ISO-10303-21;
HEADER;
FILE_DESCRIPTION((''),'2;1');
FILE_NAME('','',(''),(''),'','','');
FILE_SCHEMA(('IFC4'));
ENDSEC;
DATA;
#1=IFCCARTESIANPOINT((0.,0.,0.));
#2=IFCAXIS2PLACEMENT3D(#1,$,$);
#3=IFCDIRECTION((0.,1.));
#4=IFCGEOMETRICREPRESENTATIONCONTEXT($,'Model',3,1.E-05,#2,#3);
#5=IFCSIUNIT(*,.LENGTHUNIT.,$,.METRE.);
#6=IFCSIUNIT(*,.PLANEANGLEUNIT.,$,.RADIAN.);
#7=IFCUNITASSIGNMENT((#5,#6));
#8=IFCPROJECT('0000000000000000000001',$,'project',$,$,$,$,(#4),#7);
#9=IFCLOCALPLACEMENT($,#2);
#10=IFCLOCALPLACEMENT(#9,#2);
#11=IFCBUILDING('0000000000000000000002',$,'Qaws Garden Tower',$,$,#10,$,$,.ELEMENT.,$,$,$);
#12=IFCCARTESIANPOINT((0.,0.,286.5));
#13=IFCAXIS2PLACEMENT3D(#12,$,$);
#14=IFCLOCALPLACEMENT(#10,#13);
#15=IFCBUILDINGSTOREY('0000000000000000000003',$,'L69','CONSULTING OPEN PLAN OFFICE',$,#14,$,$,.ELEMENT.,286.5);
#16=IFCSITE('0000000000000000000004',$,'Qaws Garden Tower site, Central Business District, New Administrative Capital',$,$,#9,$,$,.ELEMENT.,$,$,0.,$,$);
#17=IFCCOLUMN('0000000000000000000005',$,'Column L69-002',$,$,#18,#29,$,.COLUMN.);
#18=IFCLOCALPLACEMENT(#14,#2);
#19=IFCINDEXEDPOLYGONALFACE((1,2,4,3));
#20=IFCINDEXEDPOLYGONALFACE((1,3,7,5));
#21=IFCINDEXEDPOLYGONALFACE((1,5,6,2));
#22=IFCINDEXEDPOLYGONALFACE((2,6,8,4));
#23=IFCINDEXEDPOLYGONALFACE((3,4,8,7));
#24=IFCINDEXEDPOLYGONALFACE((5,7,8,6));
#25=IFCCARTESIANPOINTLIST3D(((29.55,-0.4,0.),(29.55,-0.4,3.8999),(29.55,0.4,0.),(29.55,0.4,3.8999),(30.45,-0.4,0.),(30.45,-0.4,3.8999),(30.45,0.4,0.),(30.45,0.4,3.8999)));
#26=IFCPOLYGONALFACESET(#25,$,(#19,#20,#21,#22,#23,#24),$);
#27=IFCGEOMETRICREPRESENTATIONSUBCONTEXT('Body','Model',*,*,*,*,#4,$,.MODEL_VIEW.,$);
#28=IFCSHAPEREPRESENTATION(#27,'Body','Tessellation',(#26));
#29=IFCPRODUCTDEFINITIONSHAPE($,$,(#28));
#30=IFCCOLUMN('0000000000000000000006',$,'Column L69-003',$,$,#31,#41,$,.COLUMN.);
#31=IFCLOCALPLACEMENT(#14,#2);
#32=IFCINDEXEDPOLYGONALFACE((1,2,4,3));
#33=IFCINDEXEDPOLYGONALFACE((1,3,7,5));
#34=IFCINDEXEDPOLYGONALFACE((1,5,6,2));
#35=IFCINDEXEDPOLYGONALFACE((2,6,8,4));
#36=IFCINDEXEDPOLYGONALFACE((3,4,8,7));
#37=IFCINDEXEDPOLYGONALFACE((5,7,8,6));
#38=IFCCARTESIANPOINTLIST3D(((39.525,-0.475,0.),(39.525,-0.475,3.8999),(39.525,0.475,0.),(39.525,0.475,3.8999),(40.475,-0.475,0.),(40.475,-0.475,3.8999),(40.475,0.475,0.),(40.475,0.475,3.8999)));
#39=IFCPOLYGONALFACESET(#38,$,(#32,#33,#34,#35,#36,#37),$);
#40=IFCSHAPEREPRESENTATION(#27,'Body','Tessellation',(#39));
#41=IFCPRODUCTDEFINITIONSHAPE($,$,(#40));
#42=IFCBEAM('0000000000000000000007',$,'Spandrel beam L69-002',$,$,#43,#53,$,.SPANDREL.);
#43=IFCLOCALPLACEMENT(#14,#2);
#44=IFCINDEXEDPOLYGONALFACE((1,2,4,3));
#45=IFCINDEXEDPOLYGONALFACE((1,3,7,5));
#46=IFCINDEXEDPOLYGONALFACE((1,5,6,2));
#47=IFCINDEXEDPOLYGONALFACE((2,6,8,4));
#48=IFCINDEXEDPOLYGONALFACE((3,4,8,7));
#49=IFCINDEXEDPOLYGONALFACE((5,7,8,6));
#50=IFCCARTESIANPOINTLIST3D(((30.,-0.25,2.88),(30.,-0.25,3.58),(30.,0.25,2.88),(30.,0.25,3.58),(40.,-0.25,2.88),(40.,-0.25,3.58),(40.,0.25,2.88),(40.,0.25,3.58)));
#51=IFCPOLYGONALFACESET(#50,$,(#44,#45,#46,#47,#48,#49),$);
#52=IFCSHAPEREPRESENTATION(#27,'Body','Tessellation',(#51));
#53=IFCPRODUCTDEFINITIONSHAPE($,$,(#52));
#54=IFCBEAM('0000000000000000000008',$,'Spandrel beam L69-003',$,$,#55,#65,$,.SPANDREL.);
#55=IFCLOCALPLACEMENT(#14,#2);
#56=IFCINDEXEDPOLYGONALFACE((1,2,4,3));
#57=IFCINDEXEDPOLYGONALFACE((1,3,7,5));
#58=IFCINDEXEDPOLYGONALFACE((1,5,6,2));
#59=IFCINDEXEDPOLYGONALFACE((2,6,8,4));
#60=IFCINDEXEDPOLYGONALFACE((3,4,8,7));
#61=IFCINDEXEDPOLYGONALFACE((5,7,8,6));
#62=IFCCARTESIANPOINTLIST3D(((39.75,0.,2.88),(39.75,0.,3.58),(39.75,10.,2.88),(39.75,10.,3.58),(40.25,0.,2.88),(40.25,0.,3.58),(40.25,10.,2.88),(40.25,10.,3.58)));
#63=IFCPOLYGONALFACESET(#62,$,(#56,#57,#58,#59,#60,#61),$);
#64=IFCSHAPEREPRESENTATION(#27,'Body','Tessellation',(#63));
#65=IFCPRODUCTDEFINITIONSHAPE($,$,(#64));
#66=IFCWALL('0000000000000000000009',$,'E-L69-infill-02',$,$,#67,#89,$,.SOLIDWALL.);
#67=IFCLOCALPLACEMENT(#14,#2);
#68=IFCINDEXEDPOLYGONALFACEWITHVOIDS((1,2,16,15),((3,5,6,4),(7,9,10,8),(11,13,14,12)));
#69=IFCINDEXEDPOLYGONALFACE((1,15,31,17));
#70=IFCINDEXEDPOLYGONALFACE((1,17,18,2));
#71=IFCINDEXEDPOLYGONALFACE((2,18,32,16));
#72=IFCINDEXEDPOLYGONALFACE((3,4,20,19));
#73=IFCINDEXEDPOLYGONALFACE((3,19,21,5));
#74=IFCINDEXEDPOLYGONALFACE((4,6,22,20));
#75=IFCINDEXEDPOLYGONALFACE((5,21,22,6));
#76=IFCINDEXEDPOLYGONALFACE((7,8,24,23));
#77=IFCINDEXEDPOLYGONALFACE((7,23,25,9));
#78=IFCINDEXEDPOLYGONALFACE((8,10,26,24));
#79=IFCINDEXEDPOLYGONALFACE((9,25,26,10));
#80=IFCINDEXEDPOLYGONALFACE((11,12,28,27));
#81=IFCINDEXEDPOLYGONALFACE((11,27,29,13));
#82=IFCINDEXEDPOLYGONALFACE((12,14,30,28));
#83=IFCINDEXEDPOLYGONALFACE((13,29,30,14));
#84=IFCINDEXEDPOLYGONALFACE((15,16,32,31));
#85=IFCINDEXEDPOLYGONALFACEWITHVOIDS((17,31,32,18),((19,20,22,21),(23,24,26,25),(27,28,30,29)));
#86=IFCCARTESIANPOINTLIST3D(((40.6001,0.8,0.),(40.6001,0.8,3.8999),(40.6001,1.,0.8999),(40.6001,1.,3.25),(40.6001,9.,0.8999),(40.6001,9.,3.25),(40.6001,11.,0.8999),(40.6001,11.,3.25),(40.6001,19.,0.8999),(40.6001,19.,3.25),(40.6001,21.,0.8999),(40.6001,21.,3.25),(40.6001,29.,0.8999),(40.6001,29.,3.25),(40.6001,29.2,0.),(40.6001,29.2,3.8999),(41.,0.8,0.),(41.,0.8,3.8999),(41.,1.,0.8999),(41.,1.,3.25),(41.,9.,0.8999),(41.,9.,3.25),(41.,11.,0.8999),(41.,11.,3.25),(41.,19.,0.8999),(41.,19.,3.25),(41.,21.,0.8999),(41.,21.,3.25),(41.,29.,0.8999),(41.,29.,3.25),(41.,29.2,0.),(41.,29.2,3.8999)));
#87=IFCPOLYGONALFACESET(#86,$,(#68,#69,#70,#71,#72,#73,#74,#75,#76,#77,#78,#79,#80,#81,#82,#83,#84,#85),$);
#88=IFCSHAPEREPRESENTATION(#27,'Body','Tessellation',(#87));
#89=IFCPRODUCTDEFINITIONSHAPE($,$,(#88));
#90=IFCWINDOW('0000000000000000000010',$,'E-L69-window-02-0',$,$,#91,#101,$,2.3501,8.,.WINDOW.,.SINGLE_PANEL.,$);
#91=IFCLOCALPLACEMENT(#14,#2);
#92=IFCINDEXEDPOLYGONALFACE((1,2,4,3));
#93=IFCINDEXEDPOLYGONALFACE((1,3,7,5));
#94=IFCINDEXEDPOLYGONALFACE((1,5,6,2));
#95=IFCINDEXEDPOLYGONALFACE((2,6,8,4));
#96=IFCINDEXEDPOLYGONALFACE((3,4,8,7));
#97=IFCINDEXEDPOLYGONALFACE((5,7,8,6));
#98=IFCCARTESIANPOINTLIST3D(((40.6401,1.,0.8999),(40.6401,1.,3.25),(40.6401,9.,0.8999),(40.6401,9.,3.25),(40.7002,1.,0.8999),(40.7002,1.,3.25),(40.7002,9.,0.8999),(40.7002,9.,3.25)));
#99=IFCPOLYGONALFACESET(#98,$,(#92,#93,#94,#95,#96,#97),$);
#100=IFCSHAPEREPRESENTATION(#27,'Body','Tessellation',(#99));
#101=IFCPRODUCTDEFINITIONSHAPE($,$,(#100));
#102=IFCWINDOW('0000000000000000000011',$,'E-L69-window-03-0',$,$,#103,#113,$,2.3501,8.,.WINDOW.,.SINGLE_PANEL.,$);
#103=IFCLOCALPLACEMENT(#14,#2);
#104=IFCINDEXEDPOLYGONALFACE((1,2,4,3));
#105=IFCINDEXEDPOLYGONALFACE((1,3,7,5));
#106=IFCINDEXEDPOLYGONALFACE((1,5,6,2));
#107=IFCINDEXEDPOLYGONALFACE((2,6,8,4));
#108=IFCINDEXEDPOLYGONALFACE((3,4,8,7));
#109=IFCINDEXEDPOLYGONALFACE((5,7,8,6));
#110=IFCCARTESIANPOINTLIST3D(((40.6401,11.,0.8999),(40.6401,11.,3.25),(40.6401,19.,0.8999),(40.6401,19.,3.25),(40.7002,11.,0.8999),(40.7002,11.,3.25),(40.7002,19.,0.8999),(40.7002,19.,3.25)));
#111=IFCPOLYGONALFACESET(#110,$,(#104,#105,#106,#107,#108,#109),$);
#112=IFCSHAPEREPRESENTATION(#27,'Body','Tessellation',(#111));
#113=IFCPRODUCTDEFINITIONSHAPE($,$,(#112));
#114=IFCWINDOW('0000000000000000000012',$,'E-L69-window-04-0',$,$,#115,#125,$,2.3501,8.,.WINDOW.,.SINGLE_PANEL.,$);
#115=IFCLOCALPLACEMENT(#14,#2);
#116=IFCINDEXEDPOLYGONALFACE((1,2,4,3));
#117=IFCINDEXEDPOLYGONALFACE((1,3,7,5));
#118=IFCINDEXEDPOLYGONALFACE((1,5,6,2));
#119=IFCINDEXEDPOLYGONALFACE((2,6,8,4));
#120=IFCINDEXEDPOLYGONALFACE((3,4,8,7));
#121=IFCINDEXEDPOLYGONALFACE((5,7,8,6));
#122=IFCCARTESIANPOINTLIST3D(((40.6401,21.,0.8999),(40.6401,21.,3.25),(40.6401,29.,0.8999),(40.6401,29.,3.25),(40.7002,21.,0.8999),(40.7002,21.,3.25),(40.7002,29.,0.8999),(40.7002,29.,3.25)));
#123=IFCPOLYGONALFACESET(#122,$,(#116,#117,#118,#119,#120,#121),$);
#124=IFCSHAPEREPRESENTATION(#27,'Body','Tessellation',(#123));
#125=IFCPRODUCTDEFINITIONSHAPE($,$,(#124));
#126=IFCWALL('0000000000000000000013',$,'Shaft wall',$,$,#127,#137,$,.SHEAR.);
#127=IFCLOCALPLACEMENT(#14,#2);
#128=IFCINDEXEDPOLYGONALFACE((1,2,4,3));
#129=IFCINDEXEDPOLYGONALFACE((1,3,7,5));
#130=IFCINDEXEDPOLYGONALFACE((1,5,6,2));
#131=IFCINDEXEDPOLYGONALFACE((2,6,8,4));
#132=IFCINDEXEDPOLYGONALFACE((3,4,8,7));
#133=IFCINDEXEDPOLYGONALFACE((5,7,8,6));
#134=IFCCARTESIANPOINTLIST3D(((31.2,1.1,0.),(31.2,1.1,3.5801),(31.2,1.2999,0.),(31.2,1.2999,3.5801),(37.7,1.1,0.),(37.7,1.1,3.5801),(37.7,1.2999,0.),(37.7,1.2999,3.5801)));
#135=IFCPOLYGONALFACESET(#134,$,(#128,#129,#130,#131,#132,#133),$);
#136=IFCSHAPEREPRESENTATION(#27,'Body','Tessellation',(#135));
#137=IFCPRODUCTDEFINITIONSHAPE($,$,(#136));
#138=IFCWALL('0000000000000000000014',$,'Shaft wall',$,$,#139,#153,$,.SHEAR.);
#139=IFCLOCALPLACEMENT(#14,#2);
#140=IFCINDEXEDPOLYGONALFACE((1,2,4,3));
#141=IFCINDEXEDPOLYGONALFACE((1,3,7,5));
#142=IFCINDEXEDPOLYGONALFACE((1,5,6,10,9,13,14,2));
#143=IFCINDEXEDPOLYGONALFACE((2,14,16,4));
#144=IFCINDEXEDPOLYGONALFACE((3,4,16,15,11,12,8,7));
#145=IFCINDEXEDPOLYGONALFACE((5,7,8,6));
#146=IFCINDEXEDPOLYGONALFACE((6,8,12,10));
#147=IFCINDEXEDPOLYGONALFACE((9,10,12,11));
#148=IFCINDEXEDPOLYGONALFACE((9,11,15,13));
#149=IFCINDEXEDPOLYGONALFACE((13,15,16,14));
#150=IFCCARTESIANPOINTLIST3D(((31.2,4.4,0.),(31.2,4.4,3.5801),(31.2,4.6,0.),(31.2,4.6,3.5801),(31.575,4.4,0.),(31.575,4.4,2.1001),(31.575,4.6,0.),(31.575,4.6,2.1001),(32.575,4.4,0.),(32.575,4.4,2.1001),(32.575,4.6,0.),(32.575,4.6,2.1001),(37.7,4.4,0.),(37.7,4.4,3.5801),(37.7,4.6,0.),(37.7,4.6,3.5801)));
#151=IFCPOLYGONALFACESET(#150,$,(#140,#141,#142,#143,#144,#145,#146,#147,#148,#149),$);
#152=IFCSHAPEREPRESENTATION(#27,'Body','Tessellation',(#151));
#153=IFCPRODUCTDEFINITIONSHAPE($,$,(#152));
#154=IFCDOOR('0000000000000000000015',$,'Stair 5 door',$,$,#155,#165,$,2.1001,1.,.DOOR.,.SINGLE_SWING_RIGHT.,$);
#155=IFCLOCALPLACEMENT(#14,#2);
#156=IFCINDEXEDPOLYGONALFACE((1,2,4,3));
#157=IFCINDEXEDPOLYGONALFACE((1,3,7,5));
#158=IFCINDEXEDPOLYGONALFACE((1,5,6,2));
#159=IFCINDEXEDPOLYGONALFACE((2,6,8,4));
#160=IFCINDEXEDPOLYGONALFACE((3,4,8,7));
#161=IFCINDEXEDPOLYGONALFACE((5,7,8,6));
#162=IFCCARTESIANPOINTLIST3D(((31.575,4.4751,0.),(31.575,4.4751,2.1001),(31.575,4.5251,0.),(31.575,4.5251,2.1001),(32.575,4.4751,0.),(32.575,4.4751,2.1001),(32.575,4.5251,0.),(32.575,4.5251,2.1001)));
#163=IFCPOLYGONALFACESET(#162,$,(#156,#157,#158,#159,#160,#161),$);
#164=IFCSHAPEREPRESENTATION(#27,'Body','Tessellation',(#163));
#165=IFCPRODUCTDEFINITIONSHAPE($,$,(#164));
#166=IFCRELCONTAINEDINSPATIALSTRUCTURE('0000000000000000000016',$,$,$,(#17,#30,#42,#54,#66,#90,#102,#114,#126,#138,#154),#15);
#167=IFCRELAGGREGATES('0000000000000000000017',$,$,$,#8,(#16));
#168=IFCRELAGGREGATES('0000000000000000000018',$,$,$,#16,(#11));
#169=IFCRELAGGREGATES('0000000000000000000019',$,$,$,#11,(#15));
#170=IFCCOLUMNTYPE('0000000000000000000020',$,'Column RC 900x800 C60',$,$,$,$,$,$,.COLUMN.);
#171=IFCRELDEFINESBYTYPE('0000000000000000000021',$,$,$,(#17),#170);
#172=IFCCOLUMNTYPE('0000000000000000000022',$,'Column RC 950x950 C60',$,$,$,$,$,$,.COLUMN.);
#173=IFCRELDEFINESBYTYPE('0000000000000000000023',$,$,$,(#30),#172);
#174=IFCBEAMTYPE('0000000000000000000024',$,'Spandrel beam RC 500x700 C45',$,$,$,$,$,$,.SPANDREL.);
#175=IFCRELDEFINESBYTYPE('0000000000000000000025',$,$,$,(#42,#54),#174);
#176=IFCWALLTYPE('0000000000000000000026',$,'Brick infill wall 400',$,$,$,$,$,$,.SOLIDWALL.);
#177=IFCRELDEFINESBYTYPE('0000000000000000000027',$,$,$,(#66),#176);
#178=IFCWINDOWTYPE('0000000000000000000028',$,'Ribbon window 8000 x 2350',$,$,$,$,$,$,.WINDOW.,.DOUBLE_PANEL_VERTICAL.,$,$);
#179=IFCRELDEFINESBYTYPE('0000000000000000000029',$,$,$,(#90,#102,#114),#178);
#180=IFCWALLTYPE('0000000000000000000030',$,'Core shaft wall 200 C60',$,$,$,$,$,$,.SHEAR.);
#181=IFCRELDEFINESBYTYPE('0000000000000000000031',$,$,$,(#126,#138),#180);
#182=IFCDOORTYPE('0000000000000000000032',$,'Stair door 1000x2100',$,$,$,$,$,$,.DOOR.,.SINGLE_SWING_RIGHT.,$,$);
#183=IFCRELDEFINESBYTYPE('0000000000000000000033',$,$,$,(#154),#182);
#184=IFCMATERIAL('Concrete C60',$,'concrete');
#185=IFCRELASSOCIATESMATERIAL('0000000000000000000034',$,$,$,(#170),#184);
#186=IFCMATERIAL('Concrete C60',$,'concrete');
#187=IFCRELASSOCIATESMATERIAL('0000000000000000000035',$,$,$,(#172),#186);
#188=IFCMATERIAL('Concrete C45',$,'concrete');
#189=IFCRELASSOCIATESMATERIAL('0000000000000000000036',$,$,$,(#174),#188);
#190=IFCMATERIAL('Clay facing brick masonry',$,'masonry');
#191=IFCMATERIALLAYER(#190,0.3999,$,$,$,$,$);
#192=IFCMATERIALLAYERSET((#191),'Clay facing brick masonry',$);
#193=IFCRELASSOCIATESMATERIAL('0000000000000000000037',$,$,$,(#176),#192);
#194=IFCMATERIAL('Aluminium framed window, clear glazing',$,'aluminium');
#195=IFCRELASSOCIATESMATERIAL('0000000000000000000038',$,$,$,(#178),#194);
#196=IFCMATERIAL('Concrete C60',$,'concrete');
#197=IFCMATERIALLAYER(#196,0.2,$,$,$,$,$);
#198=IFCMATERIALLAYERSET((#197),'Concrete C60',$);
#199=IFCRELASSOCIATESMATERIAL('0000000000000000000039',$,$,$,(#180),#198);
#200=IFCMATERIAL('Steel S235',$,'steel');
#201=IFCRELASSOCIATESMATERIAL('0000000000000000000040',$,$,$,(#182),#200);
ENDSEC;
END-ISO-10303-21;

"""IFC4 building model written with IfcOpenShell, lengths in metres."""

from ifc_helpers import new_model, si_unit, direction, frame, frame_2d, origin, origin_2d, place, context, subcontext, project, spatial, rectangle, extrude, material, layer, layer_set, material_profile, profile_set, type_object, element, fill, save


model = new_model("IFC4")

# Units and contexts
model_context = context("Model", 3, precision=1e-05, world=origin(), true_north=direction((0.0, 1.0)))
body_context = subcontext(model_context, "Body", "Model", "MODEL_VIEW")
ifc_project = project(units=[si_unit("LENGTHUNIT", "METRE"), si_unit("PLANEANGLEUNIT", "RADIAN")], contexts=[model_context])

# Site, building, storey
site_placement = place(None, origin())
site = spatial("IfcSite", under=ifc_project, at=site_placement, Name="Qaws Garden Tower site, Central Business District, New Administrative Capital", CompositionType="ELEMENT", RefElevation=0.0)
building_placement = place(site_placement, origin())
building = spatial("IfcBuilding", under=site, at=building_placement, Name="Qaws Garden Tower", CompositionType="ELEMENT")
storey_placement = place(building_placement, frame((0.0, 0.0, 286.5)))
storey = spatial("IfcBuildingStorey", under=building, at=storey_placement, Name="L69", Description="CONSULTING OPEN PLAN OFFICE", CompositionType="ELEMENT", Elevation=286.5)

# Columns
ifc_material_1 = material(Name="Concrete C60", Category="concrete")
ifc_material_profile_1 = material_profile(ifc_material_1, rectangle(XDim=0.8999, YDim=0.8, at=origin_2d()), Name="RC 900x800")
ifc_profile_set_1 = profile_set([ifc_material_profile_1], Name="Concrete C60")
column_type_1 = type_object("IfcColumnType", Name="Column RC 900x800 C60", PredefinedType="COLUMN", material=ifc_profile_set_1)
column_1_placement = place(storey_placement, frame((30.0, 0.0, 0.0), z_axis=(0.0, 0.0, 1.0), x_axis=(1.0, 0.0, 0.0)))
element("IfcColumn", 1, at=column_1_placement, inside=storey, type_object=column_type_1, Name="Column L69-002", PredefinedType="COLUMN", context=body_context, shape_type="SweptSolid", body=[
    extrude(rectangle(XDim=0.8999, YDim=0.8, at=origin_2d()), origin(), (0.0, 0.0, 1.0), 3.8999),
])
ifc_material_2 = material(Name="Concrete C60", Category="concrete")
ifc_material_profile_2 = material_profile(ifc_material_2, rectangle(XDim=0.95, YDim=0.95, at=origin_2d()), Name="RC 950x950")
ifc_profile_set_2 = profile_set([ifc_material_profile_2], Name="Concrete C60")
column_type_2 = type_object("IfcColumnType", Name="Column RC 950x950 C60", PredefinedType="COLUMN", material=ifc_profile_set_2)
column_2_placement = place(storey_placement, frame((40.0, 0.0, 0.0), z_axis=(0.0, 0.0, 1.0), x_axis=(1.0, 0.0, 0.0)))
element("IfcColumn", 2, at=column_2_placement, inside=storey, type_object=column_type_2, Name="Column L69-003", PredefinedType="COLUMN", context=body_context, shape_type="SweptSolid", body=[
    extrude(rectangle(XDim=0.95, YDim=0.95, at=origin_2d()), origin(), (0.0, 0.0, 1.0), 3.8999),
])

# Beams
ifc_material_3 = material(Name="Concrete C45", Category="concrete")
ifc_material_profile_3 = material_profile(ifc_material_3, rectangle(XDim=0.5, YDim=0.7, at=origin_2d()), Name="RC 500x700")
ifc_profile_set_3 = profile_set([ifc_material_profile_3], Name="Concrete C45")
beam_type = type_object("IfcBeamType", Name="Spandrel beam RC 500x700 C45", PredefinedType="SPANDREL", material=ifc_profile_set_3)
for number, where, z_axis, x_axis, name in (
    (3, (30.0, 0.0, 3.23), (1.0, 0.0, 0.0), (0.0, 1.0, 0.0), "Spandrel beam L69-002"),
    (4, (40.0, 0.0, 3.23), (0.0, 1.0, 0.0), (-1.0, 0.0, 0.0), "Spandrel beam L69-003"),
):
    element("IfcBeam", number, at=place(storey_placement, frame(where, z_axis=z_axis, x_axis=x_axis)), inside=storey, type_object=beam_type, Name=name, PredefinedType="SPANDREL", context=body_context, shape_type="SweptSolid", body=[
        extrude(rectangle(XDim=0.5, YDim=0.7, at=origin_2d()), origin(), (0.0, 0.0, 1.0), 10.0),
    ])

# Wall, openings, windows
ifc_material_4 = material(Name="Clay facing brick masonry", Category="masonry")
ifc_layer_1 = layer(ifc_material_4, 0.3999)
ifc_layer_set_1 = layer_set([ifc_layer_1], Name="Clay facing brick masonry")
wall_type_1 = type_object("IfcWallType", Name="Brick infill wall 400", PredefinedType="SOLIDWALL", material=ifc_layer_set_1)
wall_1_placement = place(storey_placement, frame((40.8, 0.8, 0.0), z_axis=(0.0, 0.0, 1.0), x_axis=(0.0, 1.0, 0.0)))
wall_1 = element("IfcWall", 5, at=wall_1_placement, inside=storey, type_object=wall_type_1, Name="E-L69-infill-02", PredefinedType="SOLIDWALL", context=body_context, shape_type="SweptSolid", body=[
    extrude(rectangle(XDim=28.3999, YDim=0.3999, at=frame_2d((14.2, 0.0))), origin(), (0.0, 0.0, 1.0), 3.8999),
])
opening_1_placement = place(wall_1_placement, frame((0.2, 0.0, 0.8999)))
opening_1 = element("IfcOpeningElement", 6, at=opening_1_placement, cuts=wall_1, PredefinedType="OPENING", context=body_context, shape_type="SweptSolid", body=[
    extrude(rectangle(XDim=8.0, YDim=2.3501, at=frame_2d((4.0, 1.175))), frame((0.0, 0.21, 0.0), z_axis=(0.0, -1.0, 0.0), x_axis=(1.0, 0.0, 0.0)), (0.0, 0.0, 1.0), 0.4199),
])
opening_2_placement = place(wall_1_placement, frame((10.2, 0.0, 0.8999)))
opening_2 = element("IfcOpeningElement", 7, at=opening_2_placement, cuts=wall_1, PredefinedType="OPENING", context=body_context, shape_type="SweptSolid", body=[
    extrude(rectangle(XDim=8.0, YDim=2.3501, at=frame_2d((4.0, 1.175))), frame((0.0, 0.21, 0.0), z_axis=(0.0, -1.0, 0.0), x_axis=(1.0, 0.0, 0.0)), (0.0, 0.0, 1.0), 0.4199),
])
opening_3_placement = place(wall_1_placement, frame((20.2, 0.0, 0.8999)))
opening_3 = element("IfcOpeningElement", 8, at=opening_3_placement, cuts=wall_1, PredefinedType="OPENING", context=body_context, shape_type="SweptSolid", body=[
    extrude(rectangle(XDim=8.0, YDim=2.3501, at=frame_2d((4.0, 1.175))), frame((0.0, 0.21, 0.0), z_axis=(0.0, -1.0, 0.0), x_axis=(1.0, 0.0, 0.0)), (0.0, 0.0, 1.0), 0.4199),
])
ifc_material_5 = material(Name="Aluminium framed window, clear glazing", Category="aluminium")
window_type = type_object("IfcWindowType", Name="Ribbon window 8000 x 2350", PartitioningType="DOUBLE_PANEL_VERTICAL", PredefinedType="WINDOW", material=ifc_material_5)
window_1_placement = place(opening_1_placement, origin())
window_1 = element("IfcWindow", 9, at=window_1_placement, inside=storey, type_object=window_type, Name="E-L69-window-02-0", OverallHeight=2.3501, OverallWidth=8.0, PartitioningType="SINGLE_PANEL", PredefinedType="WINDOW", context=body_context, shape_type="SweptSolid", body=[
    extrude(rectangle(XDim=8.0, YDim=2.3501, at=frame_2d((4.0, 1.175))), frame((0.0, 0.1599, 0.0), z_axis=(0.0, -1.0, 0.0), x_axis=(1.0, 0.0, 0.0)), (0.0, 0.0, 1.0), 0.0601),
])
fill(opening_1, window_1)
window_2_placement = place(opening_2_placement, origin())
window_2 = element("IfcWindow", 10, at=window_2_placement, inside=storey, type_object=window_type, Name="E-L69-window-03-0", OverallHeight=2.3501, OverallWidth=8.0, PartitioningType="SINGLE_PANEL", PredefinedType="WINDOW", context=body_context, shape_type="SweptSolid", body=[
    extrude(rectangle(XDim=8.0, YDim=2.3501, at=frame_2d((4.0, 1.175))), frame((0.0, 0.1599, 0.0), z_axis=(0.0, -1.0, 0.0), x_axis=(1.0, 0.0, 0.0)), (0.0, 0.0, 1.0), 0.0601),
])
fill(opening_2, window_2)
window_3_placement = place(opening_3_placement, origin())
window_3 = element("IfcWindow", 11, at=window_3_placement, inside=storey, type_object=window_type, Name="E-L69-window-04-0", OverallHeight=2.3501, OverallWidth=8.0, PartitioningType="SINGLE_PANEL", PredefinedType="WINDOW", context=body_context, shape_type="SweptSolid", body=[
    extrude(rectangle(XDim=8.0, YDim=2.3501, at=frame_2d((4.0, 1.175))), frame((0.0, 0.1599, 0.0), z_axis=(0.0, -1.0, 0.0), x_axis=(1.0, 0.0, 0.0)), (0.0, 0.0, 1.0), 0.0601),
])
fill(opening_3, window_3)

# Wall
ifc_material_6 = material(Name="Concrete C60", Category="concrete")
ifc_layer_2 = layer(ifc_material_6, 0.2)
ifc_layer_set_2 = layer_set([ifc_layer_2], Name="Concrete C60")
wall_type_2 = type_object("IfcWallType", Name="Core shaft wall 200 C60", PredefinedType="SHEAR", material=ifc_layer_set_2)
wall_2_placement = place(storey_placement, frame((31.2, 1.2, 0.0), z_axis=(0.0, 0.0, 1.0), x_axis=(1.0, 0.0, 0.0)))
element("IfcWall", 12, at=wall_2_placement, inside=storey, type_object=wall_type_2, Name="Shaft wall", PredefinedType="SHEAR", context=body_context, shape_type="SweptSolid", body=[
    extrude(rectangle(XDim=6.5, YDim=0.2, at=frame_2d((3.25, 0.0))), origin(), (0.0, 0.0, 1.0), 3.5801),
])

# Wall, opening, door
wall_3_placement = place(storey_placement, frame((31.2, 4.5, 0.0), z_axis=(0.0, 0.0, 1.0), x_axis=(1.0, 0.0, 0.0)))
wall_3 = element("IfcWall", 13, at=wall_3_placement, inside=storey, type_object=wall_type_2, Name="Shaft wall", PredefinedType="SHEAR", context=body_context, shape_type="SweptSolid", body=[
    extrude(rectangle(XDim=6.5, YDim=0.2, at=frame_2d((3.25, 0.0))), origin(), (0.0, 0.0, 1.0), 3.5801),
])
opening_4_placement = place(wall_3_placement, frame((0.375, 0.0, 0.0)))
opening_4 = element("IfcOpeningElement", 14, at=opening_4_placement, cuts=wall_3, PredefinedType="OPENING", context=body_context, shape_type="SweptSolid", body=[
    extrude(rectangle(XDim=1.0, YDim=2.1001, at=frame_2d((0.5, 1.05))), frame((0.0, 0.1099, 0.0), z_axis=(0.0, -1.0, 0.0), x_axis=(1.0, 0.0, 0.0)), (0.0, 0.0, 1.0), 0.22),
])
ifc_material_7 = material(Name="Steel S235", Category="steel")
door_type = type_object("IfcDoorType", Name="Stair door 1000x2100", OperationType="SINGLE_SWING_RIGHT", PredefinedType="DOOR", material=ifc_material_7)
door_placement = place(opening_4_placement, frame((1.0, 0.0, 0.0), z_axis=(0.0, 0.0, 1.0), x_axis=(-1.0, 0.0, 0.0)))
door = element("IfcDoor", 15, at=door_placement, inside=storey, type_object=door_type, Name="Stair 5 door", OperationType="SINGLE_SWING_RIGHT", OverallHeight=2.1001, OverallWidth=1.0, PredefinedType="DOOR", context=body_context, shape_type="SweptSolid", body=[
    extrude(rectangle(XDim=1.0, YDim=2.1001, at=frame_2d((0.5, 1.05))), frame((0.0, 0.0249, 0.0), z_axis=(0.0, -1.0, 0.0), x_axis=(1.0, 0.0, 0.0)), (0.0, 0.0, 1.0), 0.05),
])
fill(opening_4, door)

save(model, "model.ifc")
